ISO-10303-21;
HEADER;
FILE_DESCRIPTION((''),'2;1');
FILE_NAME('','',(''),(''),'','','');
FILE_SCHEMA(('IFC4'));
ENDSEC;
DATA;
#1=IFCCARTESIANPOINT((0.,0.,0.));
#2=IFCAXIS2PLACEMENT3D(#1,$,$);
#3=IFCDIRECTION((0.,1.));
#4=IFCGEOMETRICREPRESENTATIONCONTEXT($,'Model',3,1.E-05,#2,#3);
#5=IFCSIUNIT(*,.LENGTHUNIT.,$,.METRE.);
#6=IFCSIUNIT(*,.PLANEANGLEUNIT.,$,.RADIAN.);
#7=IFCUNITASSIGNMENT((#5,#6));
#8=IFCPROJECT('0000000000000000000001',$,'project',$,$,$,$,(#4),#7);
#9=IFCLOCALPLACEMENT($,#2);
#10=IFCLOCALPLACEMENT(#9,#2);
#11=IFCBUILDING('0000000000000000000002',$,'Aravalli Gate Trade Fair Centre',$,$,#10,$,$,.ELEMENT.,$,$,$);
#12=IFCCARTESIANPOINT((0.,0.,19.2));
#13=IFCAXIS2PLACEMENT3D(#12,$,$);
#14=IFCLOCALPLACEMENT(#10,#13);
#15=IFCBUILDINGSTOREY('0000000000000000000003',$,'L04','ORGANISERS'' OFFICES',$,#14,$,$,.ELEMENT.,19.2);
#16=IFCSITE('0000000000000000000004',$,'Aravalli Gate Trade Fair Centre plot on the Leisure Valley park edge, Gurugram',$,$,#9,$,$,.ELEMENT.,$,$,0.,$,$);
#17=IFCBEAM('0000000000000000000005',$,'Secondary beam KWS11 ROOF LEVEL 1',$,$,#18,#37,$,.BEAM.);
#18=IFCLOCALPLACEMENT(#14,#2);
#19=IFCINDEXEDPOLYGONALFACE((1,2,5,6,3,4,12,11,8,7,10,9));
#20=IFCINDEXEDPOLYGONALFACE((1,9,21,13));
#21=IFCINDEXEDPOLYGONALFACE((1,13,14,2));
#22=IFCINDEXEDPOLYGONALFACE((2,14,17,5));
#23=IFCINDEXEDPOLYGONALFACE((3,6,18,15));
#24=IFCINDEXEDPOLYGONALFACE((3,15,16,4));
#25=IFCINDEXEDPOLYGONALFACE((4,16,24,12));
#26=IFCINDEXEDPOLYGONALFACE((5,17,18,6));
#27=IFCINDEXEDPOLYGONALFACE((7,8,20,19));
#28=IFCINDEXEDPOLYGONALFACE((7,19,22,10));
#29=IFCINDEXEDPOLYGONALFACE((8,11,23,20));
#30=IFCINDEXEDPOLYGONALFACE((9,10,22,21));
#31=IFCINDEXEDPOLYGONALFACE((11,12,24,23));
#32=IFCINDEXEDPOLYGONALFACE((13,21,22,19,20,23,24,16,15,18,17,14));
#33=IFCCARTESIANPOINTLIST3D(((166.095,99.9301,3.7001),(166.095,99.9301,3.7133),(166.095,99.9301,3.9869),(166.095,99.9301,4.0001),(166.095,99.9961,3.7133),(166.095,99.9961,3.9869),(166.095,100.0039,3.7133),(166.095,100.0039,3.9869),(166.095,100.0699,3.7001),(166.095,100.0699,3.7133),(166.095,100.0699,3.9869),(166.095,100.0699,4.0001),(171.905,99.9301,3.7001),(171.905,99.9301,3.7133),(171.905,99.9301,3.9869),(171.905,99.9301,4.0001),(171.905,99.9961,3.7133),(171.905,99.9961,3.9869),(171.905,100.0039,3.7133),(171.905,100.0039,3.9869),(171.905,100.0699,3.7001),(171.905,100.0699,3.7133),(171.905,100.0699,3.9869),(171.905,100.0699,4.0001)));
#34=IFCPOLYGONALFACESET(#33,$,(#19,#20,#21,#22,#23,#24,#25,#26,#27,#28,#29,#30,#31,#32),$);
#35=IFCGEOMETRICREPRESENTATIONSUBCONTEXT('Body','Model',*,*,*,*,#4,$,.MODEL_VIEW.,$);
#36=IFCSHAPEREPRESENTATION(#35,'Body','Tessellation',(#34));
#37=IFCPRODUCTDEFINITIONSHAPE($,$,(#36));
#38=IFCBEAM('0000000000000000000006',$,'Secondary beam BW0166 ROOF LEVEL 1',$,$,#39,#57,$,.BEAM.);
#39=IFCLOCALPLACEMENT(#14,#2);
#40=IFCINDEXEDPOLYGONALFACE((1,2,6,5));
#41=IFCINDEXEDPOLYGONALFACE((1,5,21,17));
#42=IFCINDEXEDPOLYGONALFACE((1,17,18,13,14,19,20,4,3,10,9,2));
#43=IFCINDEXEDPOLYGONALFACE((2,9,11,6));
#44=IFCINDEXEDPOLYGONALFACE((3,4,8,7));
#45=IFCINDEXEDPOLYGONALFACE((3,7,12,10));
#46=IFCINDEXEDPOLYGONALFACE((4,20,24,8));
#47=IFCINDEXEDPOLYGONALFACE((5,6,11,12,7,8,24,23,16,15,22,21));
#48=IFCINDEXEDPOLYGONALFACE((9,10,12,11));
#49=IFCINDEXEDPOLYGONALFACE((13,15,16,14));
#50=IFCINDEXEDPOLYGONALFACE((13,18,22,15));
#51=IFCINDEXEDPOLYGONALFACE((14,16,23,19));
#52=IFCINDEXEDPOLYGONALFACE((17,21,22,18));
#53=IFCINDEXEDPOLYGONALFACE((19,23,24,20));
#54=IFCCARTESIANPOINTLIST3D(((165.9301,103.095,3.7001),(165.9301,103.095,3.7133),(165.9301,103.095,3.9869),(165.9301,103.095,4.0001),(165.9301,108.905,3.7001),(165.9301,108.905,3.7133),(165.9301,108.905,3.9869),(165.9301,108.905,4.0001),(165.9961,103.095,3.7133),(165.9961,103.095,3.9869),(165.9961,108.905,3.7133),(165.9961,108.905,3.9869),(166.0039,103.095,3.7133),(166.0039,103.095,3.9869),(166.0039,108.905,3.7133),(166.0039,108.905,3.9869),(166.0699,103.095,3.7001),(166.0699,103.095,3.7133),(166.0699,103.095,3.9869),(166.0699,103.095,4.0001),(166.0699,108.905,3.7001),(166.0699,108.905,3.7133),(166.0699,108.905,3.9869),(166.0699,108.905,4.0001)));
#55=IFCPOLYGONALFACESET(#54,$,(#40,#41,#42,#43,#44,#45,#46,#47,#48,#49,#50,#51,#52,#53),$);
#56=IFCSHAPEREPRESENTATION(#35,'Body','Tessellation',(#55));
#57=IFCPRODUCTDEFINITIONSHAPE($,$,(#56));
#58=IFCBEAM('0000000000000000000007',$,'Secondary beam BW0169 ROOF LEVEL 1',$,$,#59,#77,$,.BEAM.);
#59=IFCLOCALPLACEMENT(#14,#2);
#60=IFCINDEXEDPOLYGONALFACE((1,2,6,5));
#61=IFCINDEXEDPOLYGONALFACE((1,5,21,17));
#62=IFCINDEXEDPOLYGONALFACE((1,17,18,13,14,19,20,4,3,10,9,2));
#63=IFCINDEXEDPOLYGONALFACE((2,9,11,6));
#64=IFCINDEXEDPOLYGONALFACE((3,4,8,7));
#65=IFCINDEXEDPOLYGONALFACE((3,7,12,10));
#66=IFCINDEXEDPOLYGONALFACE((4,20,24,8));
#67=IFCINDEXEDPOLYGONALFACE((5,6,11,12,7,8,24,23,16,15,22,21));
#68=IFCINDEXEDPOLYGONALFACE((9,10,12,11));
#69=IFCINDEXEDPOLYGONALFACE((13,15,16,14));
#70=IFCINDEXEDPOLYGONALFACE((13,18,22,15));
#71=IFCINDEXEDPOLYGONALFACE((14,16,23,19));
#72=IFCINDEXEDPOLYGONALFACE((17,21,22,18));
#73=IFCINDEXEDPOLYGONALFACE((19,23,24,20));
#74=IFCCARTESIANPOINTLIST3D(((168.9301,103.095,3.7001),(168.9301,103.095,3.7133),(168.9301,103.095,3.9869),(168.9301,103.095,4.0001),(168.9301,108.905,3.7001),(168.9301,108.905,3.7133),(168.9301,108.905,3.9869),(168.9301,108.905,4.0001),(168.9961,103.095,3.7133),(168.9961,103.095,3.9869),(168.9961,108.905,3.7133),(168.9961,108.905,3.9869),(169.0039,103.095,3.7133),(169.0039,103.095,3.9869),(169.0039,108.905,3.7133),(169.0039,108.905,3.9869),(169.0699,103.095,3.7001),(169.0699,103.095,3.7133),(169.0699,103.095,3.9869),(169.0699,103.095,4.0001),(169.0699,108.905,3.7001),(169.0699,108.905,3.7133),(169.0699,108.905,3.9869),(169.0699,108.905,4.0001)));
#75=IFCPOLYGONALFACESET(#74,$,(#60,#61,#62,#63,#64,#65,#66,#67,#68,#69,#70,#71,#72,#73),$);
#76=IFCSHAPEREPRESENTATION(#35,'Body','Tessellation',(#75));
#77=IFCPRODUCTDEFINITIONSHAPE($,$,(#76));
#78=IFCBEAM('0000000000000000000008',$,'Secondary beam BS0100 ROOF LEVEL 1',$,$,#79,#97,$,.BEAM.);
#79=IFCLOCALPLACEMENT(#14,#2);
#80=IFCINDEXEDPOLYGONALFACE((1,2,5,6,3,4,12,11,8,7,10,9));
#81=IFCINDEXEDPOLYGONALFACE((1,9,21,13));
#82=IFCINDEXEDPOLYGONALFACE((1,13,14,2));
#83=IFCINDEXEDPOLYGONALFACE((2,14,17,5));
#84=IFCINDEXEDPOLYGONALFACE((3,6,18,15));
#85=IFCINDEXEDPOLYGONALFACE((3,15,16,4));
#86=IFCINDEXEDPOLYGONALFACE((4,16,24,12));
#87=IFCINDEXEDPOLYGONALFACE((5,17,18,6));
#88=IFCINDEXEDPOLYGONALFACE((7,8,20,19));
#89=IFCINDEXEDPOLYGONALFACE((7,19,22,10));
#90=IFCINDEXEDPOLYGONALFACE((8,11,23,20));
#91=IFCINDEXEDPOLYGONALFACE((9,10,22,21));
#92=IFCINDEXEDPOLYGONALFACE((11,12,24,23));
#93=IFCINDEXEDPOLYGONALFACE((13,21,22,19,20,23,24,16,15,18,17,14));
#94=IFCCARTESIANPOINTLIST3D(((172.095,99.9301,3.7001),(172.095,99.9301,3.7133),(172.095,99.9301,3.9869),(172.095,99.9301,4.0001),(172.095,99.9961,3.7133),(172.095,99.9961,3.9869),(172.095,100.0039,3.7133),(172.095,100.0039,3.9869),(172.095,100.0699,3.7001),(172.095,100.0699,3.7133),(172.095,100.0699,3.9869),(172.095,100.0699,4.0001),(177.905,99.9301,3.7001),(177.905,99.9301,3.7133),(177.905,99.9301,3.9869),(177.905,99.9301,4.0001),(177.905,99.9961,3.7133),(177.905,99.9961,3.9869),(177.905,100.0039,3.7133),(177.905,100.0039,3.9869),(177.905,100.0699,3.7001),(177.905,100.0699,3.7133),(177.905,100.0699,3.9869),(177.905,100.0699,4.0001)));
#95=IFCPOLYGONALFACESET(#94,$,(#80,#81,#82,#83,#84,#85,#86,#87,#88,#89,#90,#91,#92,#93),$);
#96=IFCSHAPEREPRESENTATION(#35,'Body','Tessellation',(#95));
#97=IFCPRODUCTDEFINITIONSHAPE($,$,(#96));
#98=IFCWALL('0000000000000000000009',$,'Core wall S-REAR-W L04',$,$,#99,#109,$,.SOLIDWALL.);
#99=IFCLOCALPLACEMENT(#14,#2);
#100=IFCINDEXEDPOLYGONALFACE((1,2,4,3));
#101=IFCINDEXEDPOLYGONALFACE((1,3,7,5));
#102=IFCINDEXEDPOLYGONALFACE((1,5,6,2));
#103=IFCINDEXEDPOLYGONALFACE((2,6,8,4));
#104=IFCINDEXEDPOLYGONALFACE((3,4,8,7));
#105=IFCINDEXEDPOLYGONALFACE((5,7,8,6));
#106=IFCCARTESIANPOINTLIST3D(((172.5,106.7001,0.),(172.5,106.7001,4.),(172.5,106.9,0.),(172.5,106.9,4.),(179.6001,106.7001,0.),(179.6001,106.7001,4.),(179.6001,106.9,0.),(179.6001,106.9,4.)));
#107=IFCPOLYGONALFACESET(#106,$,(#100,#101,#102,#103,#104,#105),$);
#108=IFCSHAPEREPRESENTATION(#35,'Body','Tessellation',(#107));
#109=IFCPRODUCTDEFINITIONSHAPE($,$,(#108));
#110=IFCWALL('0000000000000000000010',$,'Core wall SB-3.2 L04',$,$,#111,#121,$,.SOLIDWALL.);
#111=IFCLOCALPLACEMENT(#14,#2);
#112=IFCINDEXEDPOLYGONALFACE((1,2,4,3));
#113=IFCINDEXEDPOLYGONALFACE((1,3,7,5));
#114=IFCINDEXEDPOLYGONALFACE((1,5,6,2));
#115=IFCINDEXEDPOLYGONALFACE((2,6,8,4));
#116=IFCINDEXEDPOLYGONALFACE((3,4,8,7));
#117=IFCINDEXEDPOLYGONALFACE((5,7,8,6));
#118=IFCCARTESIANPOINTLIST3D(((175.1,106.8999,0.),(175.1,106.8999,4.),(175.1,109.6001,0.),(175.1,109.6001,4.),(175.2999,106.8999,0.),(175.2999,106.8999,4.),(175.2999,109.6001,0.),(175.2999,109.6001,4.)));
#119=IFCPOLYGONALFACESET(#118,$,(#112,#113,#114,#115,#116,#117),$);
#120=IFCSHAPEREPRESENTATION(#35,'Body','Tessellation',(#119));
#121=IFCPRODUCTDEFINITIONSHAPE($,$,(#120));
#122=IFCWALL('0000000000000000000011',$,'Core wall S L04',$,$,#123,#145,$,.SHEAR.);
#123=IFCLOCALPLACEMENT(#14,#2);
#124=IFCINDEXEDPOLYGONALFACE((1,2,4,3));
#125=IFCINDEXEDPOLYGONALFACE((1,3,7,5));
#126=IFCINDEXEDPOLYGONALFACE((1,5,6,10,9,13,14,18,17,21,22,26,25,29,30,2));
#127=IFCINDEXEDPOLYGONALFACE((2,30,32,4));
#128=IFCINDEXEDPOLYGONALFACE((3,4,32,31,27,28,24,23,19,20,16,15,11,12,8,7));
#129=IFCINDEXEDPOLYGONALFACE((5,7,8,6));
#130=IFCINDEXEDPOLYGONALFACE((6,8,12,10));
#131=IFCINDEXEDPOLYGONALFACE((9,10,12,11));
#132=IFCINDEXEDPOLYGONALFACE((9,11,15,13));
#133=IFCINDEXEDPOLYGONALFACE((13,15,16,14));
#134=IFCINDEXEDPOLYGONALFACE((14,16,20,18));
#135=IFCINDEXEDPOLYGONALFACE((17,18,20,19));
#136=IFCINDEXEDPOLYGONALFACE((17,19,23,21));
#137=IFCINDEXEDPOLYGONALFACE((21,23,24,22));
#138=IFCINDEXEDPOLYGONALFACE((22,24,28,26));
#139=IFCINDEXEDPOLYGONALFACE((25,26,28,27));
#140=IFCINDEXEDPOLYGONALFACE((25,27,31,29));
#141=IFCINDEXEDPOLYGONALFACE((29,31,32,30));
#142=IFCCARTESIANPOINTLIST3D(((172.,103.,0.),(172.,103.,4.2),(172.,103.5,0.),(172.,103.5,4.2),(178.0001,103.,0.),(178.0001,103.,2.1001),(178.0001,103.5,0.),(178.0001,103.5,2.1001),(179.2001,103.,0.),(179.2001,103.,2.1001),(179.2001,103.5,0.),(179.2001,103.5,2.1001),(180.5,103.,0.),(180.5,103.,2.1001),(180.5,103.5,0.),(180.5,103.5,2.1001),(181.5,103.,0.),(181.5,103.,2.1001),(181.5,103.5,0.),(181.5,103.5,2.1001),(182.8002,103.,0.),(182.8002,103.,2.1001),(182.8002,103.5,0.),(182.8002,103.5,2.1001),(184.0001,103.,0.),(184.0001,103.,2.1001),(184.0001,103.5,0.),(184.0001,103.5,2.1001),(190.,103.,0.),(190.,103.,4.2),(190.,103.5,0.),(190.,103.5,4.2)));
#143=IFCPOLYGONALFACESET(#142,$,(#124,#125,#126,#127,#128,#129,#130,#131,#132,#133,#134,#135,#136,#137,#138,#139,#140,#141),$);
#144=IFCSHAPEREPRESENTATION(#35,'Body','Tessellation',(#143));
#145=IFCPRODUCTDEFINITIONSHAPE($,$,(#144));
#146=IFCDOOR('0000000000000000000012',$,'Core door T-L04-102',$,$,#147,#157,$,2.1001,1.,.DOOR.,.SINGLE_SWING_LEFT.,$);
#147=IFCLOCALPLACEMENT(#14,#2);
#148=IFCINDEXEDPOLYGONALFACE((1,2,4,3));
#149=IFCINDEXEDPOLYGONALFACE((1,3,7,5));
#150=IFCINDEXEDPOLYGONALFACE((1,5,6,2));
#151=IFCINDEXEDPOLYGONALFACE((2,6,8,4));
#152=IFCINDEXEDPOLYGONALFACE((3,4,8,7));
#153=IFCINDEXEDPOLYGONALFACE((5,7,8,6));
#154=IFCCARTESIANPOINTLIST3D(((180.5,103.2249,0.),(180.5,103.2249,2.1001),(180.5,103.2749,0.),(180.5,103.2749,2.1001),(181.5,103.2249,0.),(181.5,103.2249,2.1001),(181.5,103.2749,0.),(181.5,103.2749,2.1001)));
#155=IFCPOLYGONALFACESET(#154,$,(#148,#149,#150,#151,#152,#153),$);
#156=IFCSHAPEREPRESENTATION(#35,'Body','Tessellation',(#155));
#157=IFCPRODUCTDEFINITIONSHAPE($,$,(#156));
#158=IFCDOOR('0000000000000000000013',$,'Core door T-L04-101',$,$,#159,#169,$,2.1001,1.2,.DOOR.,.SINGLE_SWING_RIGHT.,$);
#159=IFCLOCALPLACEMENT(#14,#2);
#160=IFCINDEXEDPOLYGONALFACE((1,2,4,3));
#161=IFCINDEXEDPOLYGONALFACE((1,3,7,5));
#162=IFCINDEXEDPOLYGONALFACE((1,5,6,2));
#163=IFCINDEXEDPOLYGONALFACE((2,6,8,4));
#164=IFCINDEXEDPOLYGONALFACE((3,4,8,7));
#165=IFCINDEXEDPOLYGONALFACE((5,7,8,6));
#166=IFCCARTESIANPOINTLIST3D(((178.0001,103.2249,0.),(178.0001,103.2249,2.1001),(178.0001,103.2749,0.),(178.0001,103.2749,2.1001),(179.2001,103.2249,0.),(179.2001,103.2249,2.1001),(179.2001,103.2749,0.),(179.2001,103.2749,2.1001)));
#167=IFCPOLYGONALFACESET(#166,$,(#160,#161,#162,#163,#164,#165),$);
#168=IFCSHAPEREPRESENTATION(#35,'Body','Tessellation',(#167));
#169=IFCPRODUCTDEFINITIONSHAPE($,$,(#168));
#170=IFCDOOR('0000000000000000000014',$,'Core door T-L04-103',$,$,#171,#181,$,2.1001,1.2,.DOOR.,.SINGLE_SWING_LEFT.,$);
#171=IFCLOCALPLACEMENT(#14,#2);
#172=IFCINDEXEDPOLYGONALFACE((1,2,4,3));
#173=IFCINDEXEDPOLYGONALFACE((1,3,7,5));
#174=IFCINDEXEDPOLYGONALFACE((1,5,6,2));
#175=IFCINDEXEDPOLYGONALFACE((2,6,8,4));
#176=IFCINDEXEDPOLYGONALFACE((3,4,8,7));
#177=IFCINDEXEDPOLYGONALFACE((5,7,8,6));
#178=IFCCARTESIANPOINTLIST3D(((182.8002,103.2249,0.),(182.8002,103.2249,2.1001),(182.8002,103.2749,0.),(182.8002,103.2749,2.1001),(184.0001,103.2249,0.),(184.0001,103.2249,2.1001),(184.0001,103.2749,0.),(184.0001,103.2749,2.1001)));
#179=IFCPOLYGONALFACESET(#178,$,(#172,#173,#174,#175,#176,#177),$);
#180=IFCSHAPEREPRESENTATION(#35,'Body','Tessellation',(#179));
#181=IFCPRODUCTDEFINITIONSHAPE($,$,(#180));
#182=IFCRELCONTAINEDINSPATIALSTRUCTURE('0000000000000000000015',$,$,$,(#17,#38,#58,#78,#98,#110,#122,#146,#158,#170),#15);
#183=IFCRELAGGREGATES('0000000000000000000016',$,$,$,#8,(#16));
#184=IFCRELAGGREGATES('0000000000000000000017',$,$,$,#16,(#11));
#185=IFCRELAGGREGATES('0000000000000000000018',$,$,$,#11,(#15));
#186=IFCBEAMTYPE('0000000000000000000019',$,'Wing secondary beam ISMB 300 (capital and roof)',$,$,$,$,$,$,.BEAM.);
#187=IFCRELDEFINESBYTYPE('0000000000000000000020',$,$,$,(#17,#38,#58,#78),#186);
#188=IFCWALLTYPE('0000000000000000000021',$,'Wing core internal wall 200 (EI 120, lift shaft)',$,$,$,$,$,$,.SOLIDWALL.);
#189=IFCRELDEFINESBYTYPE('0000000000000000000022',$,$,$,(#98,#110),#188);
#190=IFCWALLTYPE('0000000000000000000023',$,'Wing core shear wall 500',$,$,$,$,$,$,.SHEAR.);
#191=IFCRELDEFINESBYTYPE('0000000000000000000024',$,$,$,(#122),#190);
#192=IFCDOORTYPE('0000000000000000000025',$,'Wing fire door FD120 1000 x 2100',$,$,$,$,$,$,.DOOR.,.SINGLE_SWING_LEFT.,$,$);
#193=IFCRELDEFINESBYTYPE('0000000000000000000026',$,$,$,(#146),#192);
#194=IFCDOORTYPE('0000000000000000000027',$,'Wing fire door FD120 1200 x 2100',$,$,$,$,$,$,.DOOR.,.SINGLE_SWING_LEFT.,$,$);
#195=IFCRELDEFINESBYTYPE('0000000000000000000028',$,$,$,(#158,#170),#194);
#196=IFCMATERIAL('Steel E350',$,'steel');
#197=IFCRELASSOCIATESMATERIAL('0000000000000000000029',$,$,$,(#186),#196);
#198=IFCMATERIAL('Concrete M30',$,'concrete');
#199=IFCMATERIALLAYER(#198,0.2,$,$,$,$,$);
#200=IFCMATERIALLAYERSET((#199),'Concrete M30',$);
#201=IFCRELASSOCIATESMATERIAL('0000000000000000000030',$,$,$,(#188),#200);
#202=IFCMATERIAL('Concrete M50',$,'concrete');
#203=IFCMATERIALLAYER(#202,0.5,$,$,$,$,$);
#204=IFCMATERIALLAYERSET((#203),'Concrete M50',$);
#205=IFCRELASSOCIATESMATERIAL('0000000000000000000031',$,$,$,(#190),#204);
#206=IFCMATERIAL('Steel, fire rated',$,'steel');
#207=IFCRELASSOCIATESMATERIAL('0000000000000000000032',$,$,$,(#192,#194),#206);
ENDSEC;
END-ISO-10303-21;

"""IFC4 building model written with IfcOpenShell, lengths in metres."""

from ifc_helpers import new_model, si_unit, direction, frame, frame_2d, origin, origin_2d, place, context, subcontext, project, spatial, rectangle, i_section, extrude, material, layer, layer_set, material_profile, profile_set, type_object, element, fill, save


model = new_model("IFC4")

# Units and contexts
model_context = context("Model", 3, precision=1e-05, world=origin(), true_north=direction((0.0, 1.0)))
body_context = subcontext(model_context, "Body", "Model", "MODEL_VIEW")
ifc_project = project(units=[si_unit("LENGTHUNIT", "METRE"), si_unit("PLANEANGLEUNIT", "RADIAN")], contexts=[model_context])

# Site, building, storey
site_placement = place(None, origin())
site = spatial("IfcSite", under=ifc_project, at=site_placement, Name="Aravalli Gate Trade Fair Centre plot on the Leisure Valley park edge, Gurugram", CompositionType="ELEMENT", RefElevation=0.0)
building_placement = place(site_placement, origin())
building = spatial("IfcBuilding", under=site, at=building_placement, Name="Aravalli Gate Trade Fair Centre", CompositionType="ELEMENT")
storey_placement = place(building_placement, frame((0.0, 0.0, 19.2)))
storey = spatial("IfcBuildingStorey", under=building, at=storey_placement, Name="L04", Description="ORGANISERS' OFFICES", CompositionType="ELEMENT", Elevation=19.2)

# Beams
ifc_material_1 = material(Name="Steel E350", Category="steel")
ifc_material_profile = material_profile(ifc_material_1, i_section(OverallWidth=0.1399, OverallDepth=0.3, WebThickness=0.0078, FlangeThickness=0.0132, at=origin_2d()), Name="ISMB 300")
ifc_profile_set = profile_set([ifc_material_profile], Name="Steel E350")
beam_type = type_object("IfcBeamType", Name="Wing secondary beam ISMB 300 (capital and roof)", PredefinedType="BEAM", material=ifc_profile_set)
for number, where, z_axis, x_axis, name in (
    (1, (166.095, 100.0, 3.8501), (1.0, 0.0, 0.0), (0.0, 1.0, 0.0), "Secondary beam KWS11 ROOF LEVEL 1"),
    (2, (166.0, 103.095, 3.8501), (0.0, 1.0, 0.0), (-1.0, 0.0, 0.0), "Secondary beam BW0166 ROOF LEVEL 1"),
    (3, (169.0, 103.095, 3.8501), (0.0, 1.0, 0.0), (-1.0, 0.0, 0.0), "Secondary beam BW0169 ROOF LEVEL 1"),
    (4, (172.095, 100.0, 3.8501), (1.0, 0.0, 0.0), (0.0, 1.0, 0.0), "Secondary beam BS0100 ROOF LEVEL 1"),
):
    element("IfcBeam", number, at=place(storey_placement, frame(where, z_axis=z_axis, x_axis=x_axis)), inside=storey, type_object=beam_type, Name=name, PredefinedType="BEAM", context=body_context, shape_type="SweptSolid", body=[
        extrude(i_section(OverallWidth=0.1399, OverallDepth=0.3, WebThickness=0.0078, FlangeThickness=0.0132, at=origin_2d()), origin(), (0.0, 0.0, 1.0), 5.8101),
    ])

# Walls
ifc_material_2 = material(Name="Concrete M30", Category="concrete")
ifc_layer_1 = layer(ifc_material_2, 0.2)
ifc_layer_set_1 = layer_set([ifc_layer_1], Name="Concrete M30")
wall_type_1 = type_object("IfcWallType", Name="Wing core internal wall 200 (EI 120, lift shaft)", PredefinedType="SOLIDWALL", material=ifc_layer_set_1)
wall_1_placement = place(storey_placement, frame((172.5, 106.8, 0.0), z_axis=(0.0, 0.0, 1.0), x_axis=(1.0, 0.0, 0.0)))
element("IfcWall", 5, at=wall_1_placement, inside=storey, type_object=wall_type_1, Name="Core wall S-REAR-W L04", PredefinedType="SOLIDWALL", context=body_context, shape_type="SweptSolid", body=[
    extrude(rectangle(XDim=7.1001, YDim=0.2, at=frame_2d((3.55, 0.0))), origin(), (0.0, 0.0, 1.0), 4.0),
])
wall_2_placement = place(storey_placement, frame((175.2, 106.8999, 0.0), z_axis=(0.0, 0.0, 1.0), x_axis=(0.0, 1.0, 0.0)))
element("IfcWall", 6, at=wall_2_placement, inside=storey, type_object=wall_type_1, Name="Core wall SB-3.2 L04", PredefinedType="SOLIDWALL", context=body_context, shape_type="SweptSolid", body=[
    extrude(rectangle(XDim=2.7002, YDim=0.2, at=frame_2d((1.3501, 0.0))), origin(), (0.0, 0.0, 1.0), 4.0),
])

# Wall, openings, doors
ifc_material_3 = material(Name="Concrete M50", Category="concrete")
ifc_layer_2 = layer(ifc_material_3, 0.5)
ifc_layer_set_2 = layer_set([ifc_layer_2], Name="Concrete M50")
wall_type_2 = type_object("IfcWallType", Name="Wing core shear wall 500", PredefinedType="SHEAR", material=ifc_layer_set_2)
wall_3_placement = place(storey_placement, frame((172.0, 103.25, 0.0), z_axis=(0.0, 0.0, 1.0), x_axis=(1.0, 0.0, 0.0)))
wall_3 = element("IfcWall", 7, at=wall_3_placement, inside=storey, type_object=wall_type_2, Name="Core wall S L04", PredefinedType="SHEAR", context=body_context, shape_type="SweptSolid", body=[
    extrude(rectangle(XDim=18.0, YDim=0.5, at=frame_2d((9.0, 0.0))), origin(), (0.0, 0.0, 1.0), 4.2),
])
opening_1_placement = place(wall_3_placement, frame((8.5, 0.0, 0.0)))
opening_1 = element("IfcOpeningElement", 8, at=opening_1_placement, cuts=wall_3, PredefinedType="OPENING", context=body_context, shape_type="SweptSolid", body=[
    extrude(rectangle(XDim=1.0, YDim=2.1001, at=frame_2d((0.5, 1.05))), frame((0.0, 0.26, 0.0), z_axis=(0.0, -1.0, 0.0), x_axis=(1.0, 0.0, 0.0)), (0.0, 0.0, 1.0), 0.52),
])
opening_2_placement = place(wall_3_placement, frame((6.0, 0.0, 0.0)))
opening_2 = element("IfcOpeningElement", 9, at=opening_2_placement, cuts=wall_3, PredefinedType="OPENING", context=body_context, shape_type="SweptSolid", body=[
    extrude(rectangle(XDim=1.2, YDim=2.1001, at=frame_2d((0.6001, 1.05))), frame((0.0, 0.26, 0.0), z_axis=(0.0, -1.0, 0.0), x_axis=(1.0, 0.0, 0.0)), (0.0, 0.0, 1.0), 0.52),
])
opening_3_placement = place(wall_3_placement, frame((10.8, 0.0, 0.0)))
opening_3 = element("IfcOpeningElement", 10, at=opening_3_placement, cuts=wall_3, PredefinedType="OPENING", context=body_context, shape_type="SweptSolid", body=[
    extrude(rectangle(XDim=1.2, YDim=2.1001, at=frame_2d((0.6001, 1.05))), frame((0.0, 0.26, 0.0), z_axis=(0.0, -1.0, 0.0), x_axis=(1.0, 0.0, 0.0)), (0.0, 0.0, 1.0), 0.52),
])
ifc_material_4 = material(Name="Steel, fire rated", Category="steel")
door_type_1 = type_object("IfcDoorType", Name="Wing fire door FD120 1000 x 2100", OperationType="SINGLE_SWING_LEFT", PredefinedType="DOOR", material=ifc_material_4)
door_1_placement = place(opening_1_placement, origin())
door_1 = element("IfcDoor", 11, at=door_1_placement, inside=storey, type_object=door_type_1, Name="Core door T-L04-102", OperationType="SINGLE_SWING_LEFT", OverallHeight=2.1001, OverallWidth=1.0, PredefinedType="DOOR", context=body_context, shape_type="SweptSolid", body=[
    extrude(rectangle(XDim=1.0, YDim=2.1001, at=frame_2d((0.5, 1.05))), frame((0.0, 0.0249, 0.0), z_axis=(0.0, -1.0, 0.0), x_axis=(1.0, 0.0, 0.0)), (0.0, 0.0, 1.0), 0.05),
])
fill(opening_1, door_1)
door_type_2 = type_object("IfcDoorType", Name="Wing fire door FD120 1200 x 2100", OperationType="SINGLE_SWING_LEFT", PredefinedType="DOOR", material=ifc_material_4)
door_2_placement = place(opening_2_placement, origin())
door_2 = element("IfcDoor", 12, at=door_2_placement, inside=storey, type_object=door_type_2, Name="Core door T-L04-101", OperationType="SINGLE_SWING_RIGHT", OverallHeight=2.1001, OverallWidth=1.2, PredefinedType="DOOR", context=body_context, shape_type="SweptSolid", body=[
    extrude(rectangle(XDim=1.2, YDim=2.1001, at=frame_2d((0.6001, 1.05))), frame((0.0, 0.0249, 0.0), z_axis=(0.0, -1.0, 0.0), x_axis=(1.0, 0.0, 0.0)), (0.0, 0.0, 1.0), 0.05),
])
fill(opening_2, door_2)
door_3_placement = place(opening_3_placement, origin())
door_3 = element("IfcDoor", 13, at=door_3_placement, inside=storey, type_object=door_type_2, Name="Core door T-L04-103", OperationType="SINGLE_SWING_LEFT", OverallHeight=2.1001, OverallWidth=1.2, PredefinedType="DOOR", context=body_context, shape_type="SweptSolid", body=[
    extrude(rectangle(XDim=1.2, YDim=2.1001, at=frame_2d((0.6001, 1.05))), frame((0.0, 0.0249, 0.0), z_axis=(0.0, -1.0, 0.0), x_axis=(1.0, 0.0, 0.0)), (0.0, 0.0, 1.0), 0.05),
])
fill(opening_3, door_3)

save(model, "model.ifc")
